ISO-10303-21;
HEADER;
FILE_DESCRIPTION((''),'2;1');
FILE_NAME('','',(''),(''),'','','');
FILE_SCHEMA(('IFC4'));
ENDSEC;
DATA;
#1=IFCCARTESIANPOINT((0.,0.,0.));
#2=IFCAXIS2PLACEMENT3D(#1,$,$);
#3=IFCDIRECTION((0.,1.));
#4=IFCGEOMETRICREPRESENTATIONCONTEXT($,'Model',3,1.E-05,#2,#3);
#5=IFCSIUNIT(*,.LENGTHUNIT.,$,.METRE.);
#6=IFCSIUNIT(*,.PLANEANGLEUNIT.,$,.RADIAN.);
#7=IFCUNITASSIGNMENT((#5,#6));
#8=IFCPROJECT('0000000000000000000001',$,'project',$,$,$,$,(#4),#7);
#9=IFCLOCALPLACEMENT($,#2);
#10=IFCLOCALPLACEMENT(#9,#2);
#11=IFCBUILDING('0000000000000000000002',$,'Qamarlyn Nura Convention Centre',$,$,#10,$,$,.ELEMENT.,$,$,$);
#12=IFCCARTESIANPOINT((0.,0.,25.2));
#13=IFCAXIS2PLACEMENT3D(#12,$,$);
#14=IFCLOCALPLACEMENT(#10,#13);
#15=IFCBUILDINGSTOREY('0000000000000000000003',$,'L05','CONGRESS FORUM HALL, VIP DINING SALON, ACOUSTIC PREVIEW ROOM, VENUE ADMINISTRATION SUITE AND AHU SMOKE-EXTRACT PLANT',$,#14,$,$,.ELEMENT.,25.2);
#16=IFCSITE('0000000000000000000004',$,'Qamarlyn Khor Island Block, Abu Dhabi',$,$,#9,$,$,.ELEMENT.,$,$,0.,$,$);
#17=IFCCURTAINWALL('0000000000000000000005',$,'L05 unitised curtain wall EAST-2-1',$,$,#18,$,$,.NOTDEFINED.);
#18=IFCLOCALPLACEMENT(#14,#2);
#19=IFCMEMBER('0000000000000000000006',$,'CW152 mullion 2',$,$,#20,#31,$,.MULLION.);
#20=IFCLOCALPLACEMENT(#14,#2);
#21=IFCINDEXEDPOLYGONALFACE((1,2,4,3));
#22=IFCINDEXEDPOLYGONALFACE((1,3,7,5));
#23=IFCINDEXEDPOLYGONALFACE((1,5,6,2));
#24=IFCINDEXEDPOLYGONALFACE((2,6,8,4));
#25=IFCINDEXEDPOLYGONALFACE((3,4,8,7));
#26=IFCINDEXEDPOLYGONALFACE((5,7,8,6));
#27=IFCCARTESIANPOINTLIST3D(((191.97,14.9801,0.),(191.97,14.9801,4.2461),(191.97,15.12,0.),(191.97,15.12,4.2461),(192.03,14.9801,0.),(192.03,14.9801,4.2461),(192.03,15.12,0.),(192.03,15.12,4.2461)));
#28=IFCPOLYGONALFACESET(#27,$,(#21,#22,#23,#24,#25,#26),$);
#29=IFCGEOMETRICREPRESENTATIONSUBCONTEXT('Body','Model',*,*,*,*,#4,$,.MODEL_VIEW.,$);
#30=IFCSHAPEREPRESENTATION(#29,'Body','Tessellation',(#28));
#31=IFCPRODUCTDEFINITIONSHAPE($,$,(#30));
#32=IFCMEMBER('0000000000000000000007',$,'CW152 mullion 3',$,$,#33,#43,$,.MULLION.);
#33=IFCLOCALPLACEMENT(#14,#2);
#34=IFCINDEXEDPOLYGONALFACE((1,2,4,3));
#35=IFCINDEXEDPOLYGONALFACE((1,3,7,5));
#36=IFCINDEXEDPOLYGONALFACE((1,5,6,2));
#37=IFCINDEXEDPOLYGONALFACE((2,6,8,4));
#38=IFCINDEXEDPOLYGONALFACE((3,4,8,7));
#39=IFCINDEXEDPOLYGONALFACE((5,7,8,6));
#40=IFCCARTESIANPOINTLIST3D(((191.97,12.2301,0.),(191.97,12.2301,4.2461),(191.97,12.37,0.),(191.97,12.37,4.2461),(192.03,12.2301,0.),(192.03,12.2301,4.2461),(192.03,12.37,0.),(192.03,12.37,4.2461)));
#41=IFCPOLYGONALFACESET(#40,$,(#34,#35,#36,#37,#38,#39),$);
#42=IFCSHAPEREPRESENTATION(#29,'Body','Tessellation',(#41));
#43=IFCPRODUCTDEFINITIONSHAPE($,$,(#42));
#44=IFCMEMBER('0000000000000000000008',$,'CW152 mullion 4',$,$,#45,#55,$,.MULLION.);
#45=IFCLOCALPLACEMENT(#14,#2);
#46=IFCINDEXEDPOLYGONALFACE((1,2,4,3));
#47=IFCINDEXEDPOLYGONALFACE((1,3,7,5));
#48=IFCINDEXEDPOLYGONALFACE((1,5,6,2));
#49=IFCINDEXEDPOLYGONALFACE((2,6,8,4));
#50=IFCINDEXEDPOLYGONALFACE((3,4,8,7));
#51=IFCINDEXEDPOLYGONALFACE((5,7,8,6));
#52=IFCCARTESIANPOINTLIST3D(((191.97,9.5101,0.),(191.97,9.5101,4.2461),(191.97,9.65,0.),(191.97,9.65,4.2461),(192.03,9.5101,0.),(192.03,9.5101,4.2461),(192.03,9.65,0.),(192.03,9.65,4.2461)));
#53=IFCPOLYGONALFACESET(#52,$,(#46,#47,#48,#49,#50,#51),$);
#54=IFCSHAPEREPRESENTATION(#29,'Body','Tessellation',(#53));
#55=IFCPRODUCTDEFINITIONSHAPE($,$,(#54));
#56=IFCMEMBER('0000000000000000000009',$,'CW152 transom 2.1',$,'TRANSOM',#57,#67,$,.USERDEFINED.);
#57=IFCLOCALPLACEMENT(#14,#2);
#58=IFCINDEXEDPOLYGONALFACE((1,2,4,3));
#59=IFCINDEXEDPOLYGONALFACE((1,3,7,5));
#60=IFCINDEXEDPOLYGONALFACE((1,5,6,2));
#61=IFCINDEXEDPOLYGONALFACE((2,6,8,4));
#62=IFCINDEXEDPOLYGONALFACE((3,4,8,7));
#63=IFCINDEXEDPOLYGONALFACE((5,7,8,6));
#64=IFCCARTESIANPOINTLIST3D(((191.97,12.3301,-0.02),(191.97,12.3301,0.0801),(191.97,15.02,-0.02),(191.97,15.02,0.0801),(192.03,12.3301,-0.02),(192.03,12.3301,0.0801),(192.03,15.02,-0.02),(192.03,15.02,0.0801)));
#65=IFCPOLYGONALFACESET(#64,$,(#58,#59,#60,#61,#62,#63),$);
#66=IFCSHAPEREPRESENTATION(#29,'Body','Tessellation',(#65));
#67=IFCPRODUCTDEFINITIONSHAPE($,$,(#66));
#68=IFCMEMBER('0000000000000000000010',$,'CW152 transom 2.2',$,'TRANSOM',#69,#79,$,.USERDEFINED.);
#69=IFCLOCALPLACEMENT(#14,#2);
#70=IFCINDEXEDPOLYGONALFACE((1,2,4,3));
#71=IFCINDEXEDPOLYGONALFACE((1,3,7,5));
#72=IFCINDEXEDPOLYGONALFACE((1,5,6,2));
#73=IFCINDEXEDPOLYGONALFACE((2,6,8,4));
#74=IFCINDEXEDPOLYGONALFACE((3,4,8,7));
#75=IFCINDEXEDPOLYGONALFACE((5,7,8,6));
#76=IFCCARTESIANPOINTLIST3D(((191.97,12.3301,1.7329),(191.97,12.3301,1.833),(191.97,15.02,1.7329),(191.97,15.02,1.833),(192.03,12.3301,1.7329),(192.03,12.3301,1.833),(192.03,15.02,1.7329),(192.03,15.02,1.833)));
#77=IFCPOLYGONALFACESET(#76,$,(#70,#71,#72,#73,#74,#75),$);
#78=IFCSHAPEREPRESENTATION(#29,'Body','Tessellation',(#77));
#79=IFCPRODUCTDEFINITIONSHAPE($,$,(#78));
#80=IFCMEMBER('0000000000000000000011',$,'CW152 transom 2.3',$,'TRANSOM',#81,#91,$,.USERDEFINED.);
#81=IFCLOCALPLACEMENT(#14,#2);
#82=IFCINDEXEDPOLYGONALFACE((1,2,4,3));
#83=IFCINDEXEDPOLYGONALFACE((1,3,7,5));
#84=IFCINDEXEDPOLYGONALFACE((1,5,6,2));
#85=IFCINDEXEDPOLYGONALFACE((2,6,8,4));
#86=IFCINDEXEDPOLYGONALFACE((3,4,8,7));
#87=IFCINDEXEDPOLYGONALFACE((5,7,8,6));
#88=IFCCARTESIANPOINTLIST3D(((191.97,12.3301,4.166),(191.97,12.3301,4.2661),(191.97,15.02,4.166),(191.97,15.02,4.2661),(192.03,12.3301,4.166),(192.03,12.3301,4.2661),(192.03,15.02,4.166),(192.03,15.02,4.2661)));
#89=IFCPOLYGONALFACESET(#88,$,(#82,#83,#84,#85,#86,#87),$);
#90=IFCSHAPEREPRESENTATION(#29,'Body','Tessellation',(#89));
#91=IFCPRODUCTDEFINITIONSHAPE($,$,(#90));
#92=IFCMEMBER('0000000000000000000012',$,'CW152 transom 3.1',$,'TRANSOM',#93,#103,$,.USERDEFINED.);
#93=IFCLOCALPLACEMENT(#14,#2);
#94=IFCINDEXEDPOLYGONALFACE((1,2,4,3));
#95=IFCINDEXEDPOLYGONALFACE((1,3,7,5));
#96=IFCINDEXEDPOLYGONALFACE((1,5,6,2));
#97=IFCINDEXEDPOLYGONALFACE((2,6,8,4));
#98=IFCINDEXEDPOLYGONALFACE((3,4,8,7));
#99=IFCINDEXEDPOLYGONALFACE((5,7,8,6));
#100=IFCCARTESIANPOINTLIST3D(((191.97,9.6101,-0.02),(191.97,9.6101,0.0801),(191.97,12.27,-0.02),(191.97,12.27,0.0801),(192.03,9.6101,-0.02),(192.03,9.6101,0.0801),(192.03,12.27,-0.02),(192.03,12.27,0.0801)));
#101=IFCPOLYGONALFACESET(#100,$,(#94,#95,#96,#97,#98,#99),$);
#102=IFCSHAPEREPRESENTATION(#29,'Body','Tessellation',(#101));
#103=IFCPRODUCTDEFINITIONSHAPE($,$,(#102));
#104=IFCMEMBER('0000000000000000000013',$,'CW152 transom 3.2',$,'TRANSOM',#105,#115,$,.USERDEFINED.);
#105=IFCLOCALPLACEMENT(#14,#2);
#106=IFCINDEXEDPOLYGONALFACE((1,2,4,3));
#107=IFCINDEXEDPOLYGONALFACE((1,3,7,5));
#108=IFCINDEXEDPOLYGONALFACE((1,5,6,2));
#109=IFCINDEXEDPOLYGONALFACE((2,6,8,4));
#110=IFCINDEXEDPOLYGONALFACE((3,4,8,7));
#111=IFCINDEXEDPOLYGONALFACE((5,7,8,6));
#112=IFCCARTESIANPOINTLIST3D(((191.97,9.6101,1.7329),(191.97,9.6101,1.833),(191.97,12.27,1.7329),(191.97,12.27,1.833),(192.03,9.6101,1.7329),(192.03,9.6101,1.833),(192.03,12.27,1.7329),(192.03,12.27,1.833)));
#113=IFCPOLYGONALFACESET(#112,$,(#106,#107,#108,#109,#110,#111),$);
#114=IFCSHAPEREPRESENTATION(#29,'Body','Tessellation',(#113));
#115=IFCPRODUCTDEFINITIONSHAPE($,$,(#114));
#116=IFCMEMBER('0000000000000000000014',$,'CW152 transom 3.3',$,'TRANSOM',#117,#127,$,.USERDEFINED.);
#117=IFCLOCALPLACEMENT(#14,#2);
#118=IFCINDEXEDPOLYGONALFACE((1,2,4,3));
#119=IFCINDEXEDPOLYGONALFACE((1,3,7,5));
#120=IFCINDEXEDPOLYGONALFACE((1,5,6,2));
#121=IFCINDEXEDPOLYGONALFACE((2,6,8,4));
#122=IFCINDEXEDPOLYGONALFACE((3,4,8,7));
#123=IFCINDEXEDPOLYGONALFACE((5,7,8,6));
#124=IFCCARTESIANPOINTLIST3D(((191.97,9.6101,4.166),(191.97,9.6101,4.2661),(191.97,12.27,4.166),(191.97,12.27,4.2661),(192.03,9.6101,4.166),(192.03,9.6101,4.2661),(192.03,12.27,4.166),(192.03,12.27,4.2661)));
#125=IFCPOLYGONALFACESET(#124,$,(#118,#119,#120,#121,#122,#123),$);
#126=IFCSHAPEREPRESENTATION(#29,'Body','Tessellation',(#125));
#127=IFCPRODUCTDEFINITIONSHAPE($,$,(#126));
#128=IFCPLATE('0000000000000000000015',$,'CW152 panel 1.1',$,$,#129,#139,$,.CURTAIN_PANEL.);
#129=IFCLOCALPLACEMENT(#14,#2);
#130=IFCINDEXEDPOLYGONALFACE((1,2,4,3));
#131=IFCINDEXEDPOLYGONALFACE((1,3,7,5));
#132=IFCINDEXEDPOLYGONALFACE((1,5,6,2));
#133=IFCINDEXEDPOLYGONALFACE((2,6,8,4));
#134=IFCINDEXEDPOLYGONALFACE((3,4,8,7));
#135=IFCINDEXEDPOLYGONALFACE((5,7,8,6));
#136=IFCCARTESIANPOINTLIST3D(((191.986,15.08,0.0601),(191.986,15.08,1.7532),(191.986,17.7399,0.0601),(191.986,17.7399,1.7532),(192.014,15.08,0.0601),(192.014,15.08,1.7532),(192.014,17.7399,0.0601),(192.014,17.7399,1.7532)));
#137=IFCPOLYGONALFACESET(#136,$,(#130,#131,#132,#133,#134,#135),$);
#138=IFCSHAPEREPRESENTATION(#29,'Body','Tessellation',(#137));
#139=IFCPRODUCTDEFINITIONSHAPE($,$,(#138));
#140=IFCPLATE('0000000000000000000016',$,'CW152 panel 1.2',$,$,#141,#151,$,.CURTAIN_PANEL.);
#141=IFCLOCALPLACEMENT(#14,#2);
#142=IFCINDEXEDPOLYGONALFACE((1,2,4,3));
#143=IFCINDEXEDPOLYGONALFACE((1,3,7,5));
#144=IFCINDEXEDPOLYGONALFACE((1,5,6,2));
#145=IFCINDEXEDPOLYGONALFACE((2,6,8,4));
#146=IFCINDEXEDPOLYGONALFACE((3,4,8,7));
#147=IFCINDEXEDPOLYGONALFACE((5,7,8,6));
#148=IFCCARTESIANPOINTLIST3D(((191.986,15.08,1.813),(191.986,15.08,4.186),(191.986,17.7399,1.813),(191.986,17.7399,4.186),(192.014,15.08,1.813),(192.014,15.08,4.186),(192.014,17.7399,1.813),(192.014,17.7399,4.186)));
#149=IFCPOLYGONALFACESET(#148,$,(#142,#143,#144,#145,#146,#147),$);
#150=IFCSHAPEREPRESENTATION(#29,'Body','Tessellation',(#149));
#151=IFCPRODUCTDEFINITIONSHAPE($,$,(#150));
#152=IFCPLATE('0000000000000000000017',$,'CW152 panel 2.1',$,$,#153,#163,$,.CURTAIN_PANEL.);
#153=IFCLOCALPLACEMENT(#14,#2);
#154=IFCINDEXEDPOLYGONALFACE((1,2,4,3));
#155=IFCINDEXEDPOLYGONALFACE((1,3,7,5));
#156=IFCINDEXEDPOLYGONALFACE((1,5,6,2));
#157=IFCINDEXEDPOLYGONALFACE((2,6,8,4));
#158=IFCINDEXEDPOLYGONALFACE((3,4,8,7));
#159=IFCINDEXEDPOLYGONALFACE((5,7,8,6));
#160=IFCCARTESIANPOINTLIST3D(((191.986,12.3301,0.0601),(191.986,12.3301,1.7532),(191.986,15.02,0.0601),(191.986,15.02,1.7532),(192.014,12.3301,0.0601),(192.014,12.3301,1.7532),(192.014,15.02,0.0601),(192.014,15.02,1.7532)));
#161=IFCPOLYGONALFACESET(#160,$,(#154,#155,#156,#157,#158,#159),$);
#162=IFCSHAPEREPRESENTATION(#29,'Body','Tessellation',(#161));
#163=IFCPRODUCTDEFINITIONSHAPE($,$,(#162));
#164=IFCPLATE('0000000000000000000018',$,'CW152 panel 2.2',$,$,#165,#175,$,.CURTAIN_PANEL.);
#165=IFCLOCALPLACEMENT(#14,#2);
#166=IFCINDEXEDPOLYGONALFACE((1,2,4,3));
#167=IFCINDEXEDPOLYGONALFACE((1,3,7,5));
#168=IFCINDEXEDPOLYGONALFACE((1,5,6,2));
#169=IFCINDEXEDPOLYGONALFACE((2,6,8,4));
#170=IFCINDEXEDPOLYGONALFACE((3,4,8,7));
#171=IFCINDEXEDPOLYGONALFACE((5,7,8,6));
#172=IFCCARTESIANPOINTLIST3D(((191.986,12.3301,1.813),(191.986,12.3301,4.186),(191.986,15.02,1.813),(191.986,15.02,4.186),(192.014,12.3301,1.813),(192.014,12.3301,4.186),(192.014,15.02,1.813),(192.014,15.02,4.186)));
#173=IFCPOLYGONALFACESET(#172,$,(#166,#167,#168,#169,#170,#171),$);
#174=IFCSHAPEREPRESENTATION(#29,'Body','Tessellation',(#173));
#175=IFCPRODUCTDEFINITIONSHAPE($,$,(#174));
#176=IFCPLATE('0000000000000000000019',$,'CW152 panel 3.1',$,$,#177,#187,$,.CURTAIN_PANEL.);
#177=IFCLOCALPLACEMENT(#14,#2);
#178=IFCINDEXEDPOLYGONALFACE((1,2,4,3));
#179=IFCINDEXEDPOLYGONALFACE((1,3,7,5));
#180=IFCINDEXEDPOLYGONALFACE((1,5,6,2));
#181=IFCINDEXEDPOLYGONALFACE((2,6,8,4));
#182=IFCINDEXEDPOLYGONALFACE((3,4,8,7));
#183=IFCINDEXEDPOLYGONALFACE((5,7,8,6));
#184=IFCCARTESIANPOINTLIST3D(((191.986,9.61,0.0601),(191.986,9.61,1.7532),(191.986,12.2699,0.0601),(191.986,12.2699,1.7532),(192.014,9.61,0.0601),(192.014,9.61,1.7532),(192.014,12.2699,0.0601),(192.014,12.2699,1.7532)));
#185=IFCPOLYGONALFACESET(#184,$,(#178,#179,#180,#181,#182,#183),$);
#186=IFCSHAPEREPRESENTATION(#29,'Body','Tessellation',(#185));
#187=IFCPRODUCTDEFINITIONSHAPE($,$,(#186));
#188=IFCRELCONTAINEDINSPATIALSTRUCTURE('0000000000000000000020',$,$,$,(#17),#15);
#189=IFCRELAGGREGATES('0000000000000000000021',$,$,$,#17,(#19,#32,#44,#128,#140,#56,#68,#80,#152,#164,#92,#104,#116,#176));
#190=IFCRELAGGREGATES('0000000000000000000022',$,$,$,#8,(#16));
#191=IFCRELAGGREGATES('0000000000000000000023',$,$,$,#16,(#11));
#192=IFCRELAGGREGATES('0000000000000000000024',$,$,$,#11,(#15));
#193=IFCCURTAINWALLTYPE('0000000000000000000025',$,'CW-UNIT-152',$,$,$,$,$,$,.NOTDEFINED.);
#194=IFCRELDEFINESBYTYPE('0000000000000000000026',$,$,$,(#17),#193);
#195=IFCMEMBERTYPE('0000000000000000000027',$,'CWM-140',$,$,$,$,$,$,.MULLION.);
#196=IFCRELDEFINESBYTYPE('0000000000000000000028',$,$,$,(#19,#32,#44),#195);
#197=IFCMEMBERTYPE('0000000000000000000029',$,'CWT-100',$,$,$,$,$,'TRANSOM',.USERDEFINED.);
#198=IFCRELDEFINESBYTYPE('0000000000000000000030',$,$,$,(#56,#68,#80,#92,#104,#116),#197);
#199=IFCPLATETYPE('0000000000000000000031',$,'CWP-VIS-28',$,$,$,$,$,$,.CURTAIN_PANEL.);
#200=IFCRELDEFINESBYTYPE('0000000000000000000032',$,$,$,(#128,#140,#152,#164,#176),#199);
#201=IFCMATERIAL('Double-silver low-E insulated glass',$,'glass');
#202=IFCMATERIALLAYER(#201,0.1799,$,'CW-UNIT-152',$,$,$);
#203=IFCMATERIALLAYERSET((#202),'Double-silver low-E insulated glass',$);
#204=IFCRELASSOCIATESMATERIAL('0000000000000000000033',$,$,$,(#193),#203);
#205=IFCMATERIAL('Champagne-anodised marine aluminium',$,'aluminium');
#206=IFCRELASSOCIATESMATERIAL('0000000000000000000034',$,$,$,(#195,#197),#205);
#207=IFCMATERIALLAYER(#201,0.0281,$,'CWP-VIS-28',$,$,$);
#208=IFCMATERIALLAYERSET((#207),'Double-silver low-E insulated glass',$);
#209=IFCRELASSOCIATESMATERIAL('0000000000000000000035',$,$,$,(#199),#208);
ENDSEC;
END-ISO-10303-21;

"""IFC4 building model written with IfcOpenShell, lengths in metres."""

from ifc_helpers import new_model, si_unit, direction, frame, origin, origin_2d, place, context, subcontext, project, spatial, rectangle, extrude, material, layer, layer_set, material_profile, profile_set, type_object, element, aggregate, save


model = new_model("IFC4")

# Units and contexts
model_context = context("Model", 3, precision=1e-05, world=origin(), true_north=direction((0.0, 1.0)))
body_context = subcontext(model_context, "Body", "Model", "MODEL_VIEW")
ifc_project = project(units=[si_unit("LENGTHUNIT", "METRE"), si_unit("PLANEANGLEUNIT", "RADIAN")], contexts=[model_context])

# Site, building, storey
site_placement = place(None, origin())
site = spatial("IfcSite", under=ifc_project, at=site_placement, Name="Qamarlyn Khor Island Block, Abu Dhabi", CompositionType="ELEMENT", RefElevation=0.0)
building_placement = place(site_placement, origin())
building = spatial("IfcBuilding", under=site, at=building_placement, Name="Qamarlyn Nura Convention Centre", CompositionType="ELEMENT")
storey_placement = place(building_placement, frame((0.0, 0.0, 25.2)))
storey = spatial("IfcBuildingStorey", under=building, at=storey_placement, Name="L05", Description="CONGRESS FORUM HALL, VIP DINING SALON, ACOUSTIC PREVIEW ROOM, VENUE ADMINISTRATION SUITE AND AHU SMOKE-EXTRACT PLANT", CompositionType="ELEMENT", Elevation=25.2)

# Curtain wall, members, plates
ifc_material_1 = material(Name="Double-silver low-E insulated glass", Category="glass")
ifc_layer_1 = layer(ifc_material_1, 0.1799, Name="CW-UNIT-152")
ifc_layer_set_1 = layer_set([ifc_layer_1], Name="Double-silver low-E insulated glass")
curtain_wall_type = type_object("IfcCurtainWallType", Name="CW-UNIT-152", PredefinedType="NOTDEFINED", material=ifc_layer_set_1)
curtain_wall_placement = place(storey_placement, origin())
curtain_wall = element("IfcCurtainWall", 1, at=curtain_wall_placement, inside=storey, type_object=curtain_wall_type, Name="L05 unitised curtain wall EAST-2-1", PredefinedType="NOTDEFINED")
ifc_material_2 = material(Name="Champagne-anodised marine aluminium", Category="aluminium")
ifc_material_profile_1 = material_profile(ifc_material_2, rectangle(XDim=0.0601, YDim=0.1399, at=origin_2d()), Name="ALU MULLION 60x140")
ifc_profile_set_1 = profile_set([ifc_material_profile_1], Name="Champagne-anodised marine aluminium")
member_type_1 = type_object("IfcMemberType", Name="CWM-140", PredefinedType="MULLION", material=ifc_profile_set_1)
member_1_placement = place(storey_placement, frame((192.0, 15.05, 0.0), z_axis=(0.0, 0.0, 1.0), x_axis=(1.0, 0.0, 0.0)))
member_1 = element("IfcMember", 2, at=member_1_placement, type_object=member_type_1, Name="CW152 mullion 2", PredefinedType="MULLION", context=body_context, shape_type="SweptSolid", body=[
    extrude(rectangle(XDim=0.0601, YDim=0.1399, at=origin_2d()), origin(), (0.0, 0.0, 1.0), 4.2461),
])
member_2_placement = place(storey_placement, frame((192.0, 12.3, 0.0), z_axis=(0.0, 0.0, 1.0), x_axis=(1.0, 0.0, 0.0)))
member_2 = element("IfcMember", 3, at=member_2_placement, type_object=member_type_1, Name="CW152 mullion 3", PredefinedType="MULLION", context=body_context, shape_type="SweptSolid", body=[
    extrude(rectangle(XDim=0.0601, YDim=0.1399, at=origin_2d()), origin(), (0.0, 0.0, 1.0), 4.2461),
])
member_3_placement = place(storey_placement, frame((192.0, 9.5801, 0.0), z_axis=(0.0, 0.0, 1.0), x_axis=(1.0, 0.0, 0.0)))
member_3 = element("IfcMember", 4, at=member_3_placement, type_object=member_type_1, Name="CW152 mullion 4", PredefinedType="MULLION", context=body_context, shape_type="SweptSolid", body=[
    extrude(rectangle(XDim=0.0601, YDim=0.1399, at=origin_2d()), origin(), (0.0, 0.0, 1.0), 4.2461),
])
ifc_material_profile_2 = material_profile(ifc_material_2, rectangle(XDim=0.0601, YDim=0.1001, at=origin_2d()), Name="ALU TRANSOM 60x100")
ifc_profile_set_2 = profile_set([ifc_material_profile_2], Name="Champagne-anodised marine aluminium")
member_type_2 = type_object("IfcMemberType", Name="CWT-100", ElementType="TRANSOM", PredefinedType="USERDEFINED", material=ifc_profile_set_2)
member_4_placement = place(storey_placement, frame((192.0, 15.02, 0.03), z_axis=(0.0, -1.0, 0.0), x_axis=(1.0, 0.0, 0.0)))
member_4 = element("IfcMember", 5, at=member_4_placement, type_object=member_type_2, Name="CW152 transom 2.1", ObjectType="TRANSOM", PredefinedType="USERDEFINED", context=body_context, shape_type="SweptSolid", body=[
    extrude(rectangle(XDim=0.0601, YDim=0.1001, at=origin_2d()), origin(), (0.0, 0.0, 1.0), 2.6899),
])
member_5_placement = place(storey_placement, frame((192.0, 15.02, 1.783), z_axis=(0.0, -1.0, 0.0), x_axis=(1.0, 0.0, 0.0)))
member_5 = element("IfcMember", 6, at=member_5_placement, type_object=member_type_2, Name="CW152 transom 2.2", ObjectType="TRANSOM", PredefinedType="USERDEFINED", context=body_context, shape_type="SweptSolid", body=[
    extrude(rectangle(XDim=0.0601, YDim=0.1001, at=origin_2d()), origin(), (0.0, 0.0, 1.0), 2.6899),
])
member_6_placement = place(storey_placement, frame((192.0, 15.02, 4.2161), z_axis=(0.0, -1.0, 0.0), x_axis=(1.0, 0.0, 0.0)))
member_6 = element("IfcMember", 7, at=member_6_placement, type_object=member_type_2, Name="CW152 transom 2.3", ObjectType="TRANSOM", PredefinedType="USERDEFINED", context=body_context, shape_type="SweptSolid", body=[
    extrude(rectangle(XDim=0.0601, YDim=0.1001, at=origin_2d()), origin(), (0.0, 0.0, 1.0), 2.6899),
])
member_7_placement = place(storey_placement, frame((192.0, 12.27, 0.03), z_axis=(0.0, -1.0, 0.0), x_axis=(1.0, 0.0, 0.0)))
member_7 = element("IfcMember", 8, at=member_7_placement, type_object=member_type_2, Name="CW152 transom 3.1", ObjectType="TRANSOM", PredefinedType="USERDEFINED", context=body_context, shape_type="SweptSolid", body=[
    extrude(rectangle(XDim=0.0601, YDim=0.1001, at=origin_2d()), origin(), (0.0, 0.0, 1.0), 2.6599),
])
member_8_placement = place(storey_placement, frame((192.0, 12.27, 1.783), z_axis=(0.0, -1.0, 0.0), x_axis=(1.0, 0.0, 0.0)))
member_8 = element("IfcMember", 9, at=member_8_placement, type_object=member_type_2, Name="CW152 transom 3.2", ObjectType="TRANSOM", PredefinedType="USERDEFINED", context=body_context, shape_type="SweptSolid", body=[
    extrude(rectangle(XDim=0.0601, YDim=0.1001, at=origin_2d()), origin(), (0.0, 0.0, 1.0), 2.6599),
])
member_9_placement = place(storey_placement, frame((192.0, 12.27, 4.2161), z_axis=(0.0, -1.0, 0.0), x_axis=(1.0, 0.0, 0.0)))
member_9 = element("IfcMember", 10, at=member_9_placement, type_object=member_type_2, Name="CW152 transom 3.3", ObjectType="TRANSOM", PredefinedType="USERDEFINED", context=body_context, shape_type="SweptSolid", body=[
    extrude(rectangle(XDim=0.0601, YDim=0.1001, at=origin_2d()), origin(), (0.0, 0.0, 1.0), 2.6599),
])
ifc_layer_2 = layer(ifc_material_1, 0.0281, Name="CWP-VIS-28")
ifc_layer_set_2 = layer_set([ifc_layer_2], Name="Double-silver low-E insulated glass")
plate_type = type_object("IfcPlateType", Name="CWP-VIS-28", PredefinedType="CURTAIN_PANEL", material=ifc_layer_set_2)
plate_1_placement = place(storey_placement, frame((192.0, 16.4099, 0.0601), z_axis=(0.0, 0.0, 1.0), x_axis=(0.0, -1.0, 0.0)))
plate_1 = element("IfcPlate", 11, at=plate_1_placement, type_object=plate_type, Name="CW152 panel 1.1", PredefinedType="CURTAIN_PANEL", context=body_context, shape_type="SweptSolid", body=[
    extrude(rectangle(XDim=2.6599, YDim=0.0281, at=origin_2d()), origin(), (0.0, 0.0, 1.0), 1.6931),
])
plate_2_placement = place(storey_placement, frame((192.0, 16.4099, 1.813), z_axis=(0.0, 0.0, 1.0), x_axis=(0.0, -1.0, 0.0)))
plate_2 = element("IfcPlate", 12, at=plate_2_placement, type_object=plate_type, Name="CW152 panel 1.2", PredefinedType="CURTAIN_PANEL", context=body_context, shape_type="SweptSolid", body=[
    extrude(rectangle(XDim=2.6599, YDim=0.0281, at=origin_2d()), origin(), (0.0, 0.0, 1.0), 2.373),
])
plate_3_placement = place(storey_placement, frame((192.0, 13.675, 0.0601), z_axis=(0.0, 0.0, 1.0), x_axis=(0.0, -1.0, 0.0)))
plate_3 = element("IfcPlate", 13, at=plate_3_placement, type_object=plate_type, Name="CW152 panel 2.1", PredefinedType="CURTAIN_PANEL", context=body_context, shape_type="SweptSolid", body=[
    extrude(rectangle(XDim=2.6899, YDim=0.0281, at=origin_2d()), origin(), (0.0, 0.0, 1.0), 1.6931),
])
plate_4_placement = place(storey_placement, frame((192.0, 13.675, 1.813), z_axis=(0.0, 0.0, 1.0), x_axis=(0.0, -1.0, 0.0)))
plate_4 = element("IfcPlate", 14, at=plate_4_placement, type_object=plate_type, Name="CW152 panel 2.2", PredefinedType="CURTAIN_PANEL", context=body_context, shape_type="SweptSolid", body=[
    extrude(rectangle(XDim=2.6899, YDim=0.0281, at=origin_2d()), origin(), (0.0, 0.0, 1.0), 2.373),
])
plate_5_placement = place(storey_placement, frame((192.0, 10.9399, 0.0601), z_axis=(0.0, 0.0, 1.0), x_axis=(0.0, -1.0, 0.0)))
plate_5 = element("IfcPlate", 15, at=plate_5_placement, type_object=plate_type, Name="CW152 panel 3.1", PredefinedType="CURTAIN_PANEL", context=body_context, shape_type="SweptSolid", body=[
    extrude(rectangle(XDim=2.6599, YDim=0.0281, at=origin_2d()), origin(), (0.0, 0.0, 1.0), 1.6931),
])
aggregate(curtain_wall, [member_1, member_2, member_3, plate_1, plate_2, member_4, member_5, member_6, plate_3, plate_4, member_7, member_8, member_9, plate_5])

save(model, "model.ifc")
